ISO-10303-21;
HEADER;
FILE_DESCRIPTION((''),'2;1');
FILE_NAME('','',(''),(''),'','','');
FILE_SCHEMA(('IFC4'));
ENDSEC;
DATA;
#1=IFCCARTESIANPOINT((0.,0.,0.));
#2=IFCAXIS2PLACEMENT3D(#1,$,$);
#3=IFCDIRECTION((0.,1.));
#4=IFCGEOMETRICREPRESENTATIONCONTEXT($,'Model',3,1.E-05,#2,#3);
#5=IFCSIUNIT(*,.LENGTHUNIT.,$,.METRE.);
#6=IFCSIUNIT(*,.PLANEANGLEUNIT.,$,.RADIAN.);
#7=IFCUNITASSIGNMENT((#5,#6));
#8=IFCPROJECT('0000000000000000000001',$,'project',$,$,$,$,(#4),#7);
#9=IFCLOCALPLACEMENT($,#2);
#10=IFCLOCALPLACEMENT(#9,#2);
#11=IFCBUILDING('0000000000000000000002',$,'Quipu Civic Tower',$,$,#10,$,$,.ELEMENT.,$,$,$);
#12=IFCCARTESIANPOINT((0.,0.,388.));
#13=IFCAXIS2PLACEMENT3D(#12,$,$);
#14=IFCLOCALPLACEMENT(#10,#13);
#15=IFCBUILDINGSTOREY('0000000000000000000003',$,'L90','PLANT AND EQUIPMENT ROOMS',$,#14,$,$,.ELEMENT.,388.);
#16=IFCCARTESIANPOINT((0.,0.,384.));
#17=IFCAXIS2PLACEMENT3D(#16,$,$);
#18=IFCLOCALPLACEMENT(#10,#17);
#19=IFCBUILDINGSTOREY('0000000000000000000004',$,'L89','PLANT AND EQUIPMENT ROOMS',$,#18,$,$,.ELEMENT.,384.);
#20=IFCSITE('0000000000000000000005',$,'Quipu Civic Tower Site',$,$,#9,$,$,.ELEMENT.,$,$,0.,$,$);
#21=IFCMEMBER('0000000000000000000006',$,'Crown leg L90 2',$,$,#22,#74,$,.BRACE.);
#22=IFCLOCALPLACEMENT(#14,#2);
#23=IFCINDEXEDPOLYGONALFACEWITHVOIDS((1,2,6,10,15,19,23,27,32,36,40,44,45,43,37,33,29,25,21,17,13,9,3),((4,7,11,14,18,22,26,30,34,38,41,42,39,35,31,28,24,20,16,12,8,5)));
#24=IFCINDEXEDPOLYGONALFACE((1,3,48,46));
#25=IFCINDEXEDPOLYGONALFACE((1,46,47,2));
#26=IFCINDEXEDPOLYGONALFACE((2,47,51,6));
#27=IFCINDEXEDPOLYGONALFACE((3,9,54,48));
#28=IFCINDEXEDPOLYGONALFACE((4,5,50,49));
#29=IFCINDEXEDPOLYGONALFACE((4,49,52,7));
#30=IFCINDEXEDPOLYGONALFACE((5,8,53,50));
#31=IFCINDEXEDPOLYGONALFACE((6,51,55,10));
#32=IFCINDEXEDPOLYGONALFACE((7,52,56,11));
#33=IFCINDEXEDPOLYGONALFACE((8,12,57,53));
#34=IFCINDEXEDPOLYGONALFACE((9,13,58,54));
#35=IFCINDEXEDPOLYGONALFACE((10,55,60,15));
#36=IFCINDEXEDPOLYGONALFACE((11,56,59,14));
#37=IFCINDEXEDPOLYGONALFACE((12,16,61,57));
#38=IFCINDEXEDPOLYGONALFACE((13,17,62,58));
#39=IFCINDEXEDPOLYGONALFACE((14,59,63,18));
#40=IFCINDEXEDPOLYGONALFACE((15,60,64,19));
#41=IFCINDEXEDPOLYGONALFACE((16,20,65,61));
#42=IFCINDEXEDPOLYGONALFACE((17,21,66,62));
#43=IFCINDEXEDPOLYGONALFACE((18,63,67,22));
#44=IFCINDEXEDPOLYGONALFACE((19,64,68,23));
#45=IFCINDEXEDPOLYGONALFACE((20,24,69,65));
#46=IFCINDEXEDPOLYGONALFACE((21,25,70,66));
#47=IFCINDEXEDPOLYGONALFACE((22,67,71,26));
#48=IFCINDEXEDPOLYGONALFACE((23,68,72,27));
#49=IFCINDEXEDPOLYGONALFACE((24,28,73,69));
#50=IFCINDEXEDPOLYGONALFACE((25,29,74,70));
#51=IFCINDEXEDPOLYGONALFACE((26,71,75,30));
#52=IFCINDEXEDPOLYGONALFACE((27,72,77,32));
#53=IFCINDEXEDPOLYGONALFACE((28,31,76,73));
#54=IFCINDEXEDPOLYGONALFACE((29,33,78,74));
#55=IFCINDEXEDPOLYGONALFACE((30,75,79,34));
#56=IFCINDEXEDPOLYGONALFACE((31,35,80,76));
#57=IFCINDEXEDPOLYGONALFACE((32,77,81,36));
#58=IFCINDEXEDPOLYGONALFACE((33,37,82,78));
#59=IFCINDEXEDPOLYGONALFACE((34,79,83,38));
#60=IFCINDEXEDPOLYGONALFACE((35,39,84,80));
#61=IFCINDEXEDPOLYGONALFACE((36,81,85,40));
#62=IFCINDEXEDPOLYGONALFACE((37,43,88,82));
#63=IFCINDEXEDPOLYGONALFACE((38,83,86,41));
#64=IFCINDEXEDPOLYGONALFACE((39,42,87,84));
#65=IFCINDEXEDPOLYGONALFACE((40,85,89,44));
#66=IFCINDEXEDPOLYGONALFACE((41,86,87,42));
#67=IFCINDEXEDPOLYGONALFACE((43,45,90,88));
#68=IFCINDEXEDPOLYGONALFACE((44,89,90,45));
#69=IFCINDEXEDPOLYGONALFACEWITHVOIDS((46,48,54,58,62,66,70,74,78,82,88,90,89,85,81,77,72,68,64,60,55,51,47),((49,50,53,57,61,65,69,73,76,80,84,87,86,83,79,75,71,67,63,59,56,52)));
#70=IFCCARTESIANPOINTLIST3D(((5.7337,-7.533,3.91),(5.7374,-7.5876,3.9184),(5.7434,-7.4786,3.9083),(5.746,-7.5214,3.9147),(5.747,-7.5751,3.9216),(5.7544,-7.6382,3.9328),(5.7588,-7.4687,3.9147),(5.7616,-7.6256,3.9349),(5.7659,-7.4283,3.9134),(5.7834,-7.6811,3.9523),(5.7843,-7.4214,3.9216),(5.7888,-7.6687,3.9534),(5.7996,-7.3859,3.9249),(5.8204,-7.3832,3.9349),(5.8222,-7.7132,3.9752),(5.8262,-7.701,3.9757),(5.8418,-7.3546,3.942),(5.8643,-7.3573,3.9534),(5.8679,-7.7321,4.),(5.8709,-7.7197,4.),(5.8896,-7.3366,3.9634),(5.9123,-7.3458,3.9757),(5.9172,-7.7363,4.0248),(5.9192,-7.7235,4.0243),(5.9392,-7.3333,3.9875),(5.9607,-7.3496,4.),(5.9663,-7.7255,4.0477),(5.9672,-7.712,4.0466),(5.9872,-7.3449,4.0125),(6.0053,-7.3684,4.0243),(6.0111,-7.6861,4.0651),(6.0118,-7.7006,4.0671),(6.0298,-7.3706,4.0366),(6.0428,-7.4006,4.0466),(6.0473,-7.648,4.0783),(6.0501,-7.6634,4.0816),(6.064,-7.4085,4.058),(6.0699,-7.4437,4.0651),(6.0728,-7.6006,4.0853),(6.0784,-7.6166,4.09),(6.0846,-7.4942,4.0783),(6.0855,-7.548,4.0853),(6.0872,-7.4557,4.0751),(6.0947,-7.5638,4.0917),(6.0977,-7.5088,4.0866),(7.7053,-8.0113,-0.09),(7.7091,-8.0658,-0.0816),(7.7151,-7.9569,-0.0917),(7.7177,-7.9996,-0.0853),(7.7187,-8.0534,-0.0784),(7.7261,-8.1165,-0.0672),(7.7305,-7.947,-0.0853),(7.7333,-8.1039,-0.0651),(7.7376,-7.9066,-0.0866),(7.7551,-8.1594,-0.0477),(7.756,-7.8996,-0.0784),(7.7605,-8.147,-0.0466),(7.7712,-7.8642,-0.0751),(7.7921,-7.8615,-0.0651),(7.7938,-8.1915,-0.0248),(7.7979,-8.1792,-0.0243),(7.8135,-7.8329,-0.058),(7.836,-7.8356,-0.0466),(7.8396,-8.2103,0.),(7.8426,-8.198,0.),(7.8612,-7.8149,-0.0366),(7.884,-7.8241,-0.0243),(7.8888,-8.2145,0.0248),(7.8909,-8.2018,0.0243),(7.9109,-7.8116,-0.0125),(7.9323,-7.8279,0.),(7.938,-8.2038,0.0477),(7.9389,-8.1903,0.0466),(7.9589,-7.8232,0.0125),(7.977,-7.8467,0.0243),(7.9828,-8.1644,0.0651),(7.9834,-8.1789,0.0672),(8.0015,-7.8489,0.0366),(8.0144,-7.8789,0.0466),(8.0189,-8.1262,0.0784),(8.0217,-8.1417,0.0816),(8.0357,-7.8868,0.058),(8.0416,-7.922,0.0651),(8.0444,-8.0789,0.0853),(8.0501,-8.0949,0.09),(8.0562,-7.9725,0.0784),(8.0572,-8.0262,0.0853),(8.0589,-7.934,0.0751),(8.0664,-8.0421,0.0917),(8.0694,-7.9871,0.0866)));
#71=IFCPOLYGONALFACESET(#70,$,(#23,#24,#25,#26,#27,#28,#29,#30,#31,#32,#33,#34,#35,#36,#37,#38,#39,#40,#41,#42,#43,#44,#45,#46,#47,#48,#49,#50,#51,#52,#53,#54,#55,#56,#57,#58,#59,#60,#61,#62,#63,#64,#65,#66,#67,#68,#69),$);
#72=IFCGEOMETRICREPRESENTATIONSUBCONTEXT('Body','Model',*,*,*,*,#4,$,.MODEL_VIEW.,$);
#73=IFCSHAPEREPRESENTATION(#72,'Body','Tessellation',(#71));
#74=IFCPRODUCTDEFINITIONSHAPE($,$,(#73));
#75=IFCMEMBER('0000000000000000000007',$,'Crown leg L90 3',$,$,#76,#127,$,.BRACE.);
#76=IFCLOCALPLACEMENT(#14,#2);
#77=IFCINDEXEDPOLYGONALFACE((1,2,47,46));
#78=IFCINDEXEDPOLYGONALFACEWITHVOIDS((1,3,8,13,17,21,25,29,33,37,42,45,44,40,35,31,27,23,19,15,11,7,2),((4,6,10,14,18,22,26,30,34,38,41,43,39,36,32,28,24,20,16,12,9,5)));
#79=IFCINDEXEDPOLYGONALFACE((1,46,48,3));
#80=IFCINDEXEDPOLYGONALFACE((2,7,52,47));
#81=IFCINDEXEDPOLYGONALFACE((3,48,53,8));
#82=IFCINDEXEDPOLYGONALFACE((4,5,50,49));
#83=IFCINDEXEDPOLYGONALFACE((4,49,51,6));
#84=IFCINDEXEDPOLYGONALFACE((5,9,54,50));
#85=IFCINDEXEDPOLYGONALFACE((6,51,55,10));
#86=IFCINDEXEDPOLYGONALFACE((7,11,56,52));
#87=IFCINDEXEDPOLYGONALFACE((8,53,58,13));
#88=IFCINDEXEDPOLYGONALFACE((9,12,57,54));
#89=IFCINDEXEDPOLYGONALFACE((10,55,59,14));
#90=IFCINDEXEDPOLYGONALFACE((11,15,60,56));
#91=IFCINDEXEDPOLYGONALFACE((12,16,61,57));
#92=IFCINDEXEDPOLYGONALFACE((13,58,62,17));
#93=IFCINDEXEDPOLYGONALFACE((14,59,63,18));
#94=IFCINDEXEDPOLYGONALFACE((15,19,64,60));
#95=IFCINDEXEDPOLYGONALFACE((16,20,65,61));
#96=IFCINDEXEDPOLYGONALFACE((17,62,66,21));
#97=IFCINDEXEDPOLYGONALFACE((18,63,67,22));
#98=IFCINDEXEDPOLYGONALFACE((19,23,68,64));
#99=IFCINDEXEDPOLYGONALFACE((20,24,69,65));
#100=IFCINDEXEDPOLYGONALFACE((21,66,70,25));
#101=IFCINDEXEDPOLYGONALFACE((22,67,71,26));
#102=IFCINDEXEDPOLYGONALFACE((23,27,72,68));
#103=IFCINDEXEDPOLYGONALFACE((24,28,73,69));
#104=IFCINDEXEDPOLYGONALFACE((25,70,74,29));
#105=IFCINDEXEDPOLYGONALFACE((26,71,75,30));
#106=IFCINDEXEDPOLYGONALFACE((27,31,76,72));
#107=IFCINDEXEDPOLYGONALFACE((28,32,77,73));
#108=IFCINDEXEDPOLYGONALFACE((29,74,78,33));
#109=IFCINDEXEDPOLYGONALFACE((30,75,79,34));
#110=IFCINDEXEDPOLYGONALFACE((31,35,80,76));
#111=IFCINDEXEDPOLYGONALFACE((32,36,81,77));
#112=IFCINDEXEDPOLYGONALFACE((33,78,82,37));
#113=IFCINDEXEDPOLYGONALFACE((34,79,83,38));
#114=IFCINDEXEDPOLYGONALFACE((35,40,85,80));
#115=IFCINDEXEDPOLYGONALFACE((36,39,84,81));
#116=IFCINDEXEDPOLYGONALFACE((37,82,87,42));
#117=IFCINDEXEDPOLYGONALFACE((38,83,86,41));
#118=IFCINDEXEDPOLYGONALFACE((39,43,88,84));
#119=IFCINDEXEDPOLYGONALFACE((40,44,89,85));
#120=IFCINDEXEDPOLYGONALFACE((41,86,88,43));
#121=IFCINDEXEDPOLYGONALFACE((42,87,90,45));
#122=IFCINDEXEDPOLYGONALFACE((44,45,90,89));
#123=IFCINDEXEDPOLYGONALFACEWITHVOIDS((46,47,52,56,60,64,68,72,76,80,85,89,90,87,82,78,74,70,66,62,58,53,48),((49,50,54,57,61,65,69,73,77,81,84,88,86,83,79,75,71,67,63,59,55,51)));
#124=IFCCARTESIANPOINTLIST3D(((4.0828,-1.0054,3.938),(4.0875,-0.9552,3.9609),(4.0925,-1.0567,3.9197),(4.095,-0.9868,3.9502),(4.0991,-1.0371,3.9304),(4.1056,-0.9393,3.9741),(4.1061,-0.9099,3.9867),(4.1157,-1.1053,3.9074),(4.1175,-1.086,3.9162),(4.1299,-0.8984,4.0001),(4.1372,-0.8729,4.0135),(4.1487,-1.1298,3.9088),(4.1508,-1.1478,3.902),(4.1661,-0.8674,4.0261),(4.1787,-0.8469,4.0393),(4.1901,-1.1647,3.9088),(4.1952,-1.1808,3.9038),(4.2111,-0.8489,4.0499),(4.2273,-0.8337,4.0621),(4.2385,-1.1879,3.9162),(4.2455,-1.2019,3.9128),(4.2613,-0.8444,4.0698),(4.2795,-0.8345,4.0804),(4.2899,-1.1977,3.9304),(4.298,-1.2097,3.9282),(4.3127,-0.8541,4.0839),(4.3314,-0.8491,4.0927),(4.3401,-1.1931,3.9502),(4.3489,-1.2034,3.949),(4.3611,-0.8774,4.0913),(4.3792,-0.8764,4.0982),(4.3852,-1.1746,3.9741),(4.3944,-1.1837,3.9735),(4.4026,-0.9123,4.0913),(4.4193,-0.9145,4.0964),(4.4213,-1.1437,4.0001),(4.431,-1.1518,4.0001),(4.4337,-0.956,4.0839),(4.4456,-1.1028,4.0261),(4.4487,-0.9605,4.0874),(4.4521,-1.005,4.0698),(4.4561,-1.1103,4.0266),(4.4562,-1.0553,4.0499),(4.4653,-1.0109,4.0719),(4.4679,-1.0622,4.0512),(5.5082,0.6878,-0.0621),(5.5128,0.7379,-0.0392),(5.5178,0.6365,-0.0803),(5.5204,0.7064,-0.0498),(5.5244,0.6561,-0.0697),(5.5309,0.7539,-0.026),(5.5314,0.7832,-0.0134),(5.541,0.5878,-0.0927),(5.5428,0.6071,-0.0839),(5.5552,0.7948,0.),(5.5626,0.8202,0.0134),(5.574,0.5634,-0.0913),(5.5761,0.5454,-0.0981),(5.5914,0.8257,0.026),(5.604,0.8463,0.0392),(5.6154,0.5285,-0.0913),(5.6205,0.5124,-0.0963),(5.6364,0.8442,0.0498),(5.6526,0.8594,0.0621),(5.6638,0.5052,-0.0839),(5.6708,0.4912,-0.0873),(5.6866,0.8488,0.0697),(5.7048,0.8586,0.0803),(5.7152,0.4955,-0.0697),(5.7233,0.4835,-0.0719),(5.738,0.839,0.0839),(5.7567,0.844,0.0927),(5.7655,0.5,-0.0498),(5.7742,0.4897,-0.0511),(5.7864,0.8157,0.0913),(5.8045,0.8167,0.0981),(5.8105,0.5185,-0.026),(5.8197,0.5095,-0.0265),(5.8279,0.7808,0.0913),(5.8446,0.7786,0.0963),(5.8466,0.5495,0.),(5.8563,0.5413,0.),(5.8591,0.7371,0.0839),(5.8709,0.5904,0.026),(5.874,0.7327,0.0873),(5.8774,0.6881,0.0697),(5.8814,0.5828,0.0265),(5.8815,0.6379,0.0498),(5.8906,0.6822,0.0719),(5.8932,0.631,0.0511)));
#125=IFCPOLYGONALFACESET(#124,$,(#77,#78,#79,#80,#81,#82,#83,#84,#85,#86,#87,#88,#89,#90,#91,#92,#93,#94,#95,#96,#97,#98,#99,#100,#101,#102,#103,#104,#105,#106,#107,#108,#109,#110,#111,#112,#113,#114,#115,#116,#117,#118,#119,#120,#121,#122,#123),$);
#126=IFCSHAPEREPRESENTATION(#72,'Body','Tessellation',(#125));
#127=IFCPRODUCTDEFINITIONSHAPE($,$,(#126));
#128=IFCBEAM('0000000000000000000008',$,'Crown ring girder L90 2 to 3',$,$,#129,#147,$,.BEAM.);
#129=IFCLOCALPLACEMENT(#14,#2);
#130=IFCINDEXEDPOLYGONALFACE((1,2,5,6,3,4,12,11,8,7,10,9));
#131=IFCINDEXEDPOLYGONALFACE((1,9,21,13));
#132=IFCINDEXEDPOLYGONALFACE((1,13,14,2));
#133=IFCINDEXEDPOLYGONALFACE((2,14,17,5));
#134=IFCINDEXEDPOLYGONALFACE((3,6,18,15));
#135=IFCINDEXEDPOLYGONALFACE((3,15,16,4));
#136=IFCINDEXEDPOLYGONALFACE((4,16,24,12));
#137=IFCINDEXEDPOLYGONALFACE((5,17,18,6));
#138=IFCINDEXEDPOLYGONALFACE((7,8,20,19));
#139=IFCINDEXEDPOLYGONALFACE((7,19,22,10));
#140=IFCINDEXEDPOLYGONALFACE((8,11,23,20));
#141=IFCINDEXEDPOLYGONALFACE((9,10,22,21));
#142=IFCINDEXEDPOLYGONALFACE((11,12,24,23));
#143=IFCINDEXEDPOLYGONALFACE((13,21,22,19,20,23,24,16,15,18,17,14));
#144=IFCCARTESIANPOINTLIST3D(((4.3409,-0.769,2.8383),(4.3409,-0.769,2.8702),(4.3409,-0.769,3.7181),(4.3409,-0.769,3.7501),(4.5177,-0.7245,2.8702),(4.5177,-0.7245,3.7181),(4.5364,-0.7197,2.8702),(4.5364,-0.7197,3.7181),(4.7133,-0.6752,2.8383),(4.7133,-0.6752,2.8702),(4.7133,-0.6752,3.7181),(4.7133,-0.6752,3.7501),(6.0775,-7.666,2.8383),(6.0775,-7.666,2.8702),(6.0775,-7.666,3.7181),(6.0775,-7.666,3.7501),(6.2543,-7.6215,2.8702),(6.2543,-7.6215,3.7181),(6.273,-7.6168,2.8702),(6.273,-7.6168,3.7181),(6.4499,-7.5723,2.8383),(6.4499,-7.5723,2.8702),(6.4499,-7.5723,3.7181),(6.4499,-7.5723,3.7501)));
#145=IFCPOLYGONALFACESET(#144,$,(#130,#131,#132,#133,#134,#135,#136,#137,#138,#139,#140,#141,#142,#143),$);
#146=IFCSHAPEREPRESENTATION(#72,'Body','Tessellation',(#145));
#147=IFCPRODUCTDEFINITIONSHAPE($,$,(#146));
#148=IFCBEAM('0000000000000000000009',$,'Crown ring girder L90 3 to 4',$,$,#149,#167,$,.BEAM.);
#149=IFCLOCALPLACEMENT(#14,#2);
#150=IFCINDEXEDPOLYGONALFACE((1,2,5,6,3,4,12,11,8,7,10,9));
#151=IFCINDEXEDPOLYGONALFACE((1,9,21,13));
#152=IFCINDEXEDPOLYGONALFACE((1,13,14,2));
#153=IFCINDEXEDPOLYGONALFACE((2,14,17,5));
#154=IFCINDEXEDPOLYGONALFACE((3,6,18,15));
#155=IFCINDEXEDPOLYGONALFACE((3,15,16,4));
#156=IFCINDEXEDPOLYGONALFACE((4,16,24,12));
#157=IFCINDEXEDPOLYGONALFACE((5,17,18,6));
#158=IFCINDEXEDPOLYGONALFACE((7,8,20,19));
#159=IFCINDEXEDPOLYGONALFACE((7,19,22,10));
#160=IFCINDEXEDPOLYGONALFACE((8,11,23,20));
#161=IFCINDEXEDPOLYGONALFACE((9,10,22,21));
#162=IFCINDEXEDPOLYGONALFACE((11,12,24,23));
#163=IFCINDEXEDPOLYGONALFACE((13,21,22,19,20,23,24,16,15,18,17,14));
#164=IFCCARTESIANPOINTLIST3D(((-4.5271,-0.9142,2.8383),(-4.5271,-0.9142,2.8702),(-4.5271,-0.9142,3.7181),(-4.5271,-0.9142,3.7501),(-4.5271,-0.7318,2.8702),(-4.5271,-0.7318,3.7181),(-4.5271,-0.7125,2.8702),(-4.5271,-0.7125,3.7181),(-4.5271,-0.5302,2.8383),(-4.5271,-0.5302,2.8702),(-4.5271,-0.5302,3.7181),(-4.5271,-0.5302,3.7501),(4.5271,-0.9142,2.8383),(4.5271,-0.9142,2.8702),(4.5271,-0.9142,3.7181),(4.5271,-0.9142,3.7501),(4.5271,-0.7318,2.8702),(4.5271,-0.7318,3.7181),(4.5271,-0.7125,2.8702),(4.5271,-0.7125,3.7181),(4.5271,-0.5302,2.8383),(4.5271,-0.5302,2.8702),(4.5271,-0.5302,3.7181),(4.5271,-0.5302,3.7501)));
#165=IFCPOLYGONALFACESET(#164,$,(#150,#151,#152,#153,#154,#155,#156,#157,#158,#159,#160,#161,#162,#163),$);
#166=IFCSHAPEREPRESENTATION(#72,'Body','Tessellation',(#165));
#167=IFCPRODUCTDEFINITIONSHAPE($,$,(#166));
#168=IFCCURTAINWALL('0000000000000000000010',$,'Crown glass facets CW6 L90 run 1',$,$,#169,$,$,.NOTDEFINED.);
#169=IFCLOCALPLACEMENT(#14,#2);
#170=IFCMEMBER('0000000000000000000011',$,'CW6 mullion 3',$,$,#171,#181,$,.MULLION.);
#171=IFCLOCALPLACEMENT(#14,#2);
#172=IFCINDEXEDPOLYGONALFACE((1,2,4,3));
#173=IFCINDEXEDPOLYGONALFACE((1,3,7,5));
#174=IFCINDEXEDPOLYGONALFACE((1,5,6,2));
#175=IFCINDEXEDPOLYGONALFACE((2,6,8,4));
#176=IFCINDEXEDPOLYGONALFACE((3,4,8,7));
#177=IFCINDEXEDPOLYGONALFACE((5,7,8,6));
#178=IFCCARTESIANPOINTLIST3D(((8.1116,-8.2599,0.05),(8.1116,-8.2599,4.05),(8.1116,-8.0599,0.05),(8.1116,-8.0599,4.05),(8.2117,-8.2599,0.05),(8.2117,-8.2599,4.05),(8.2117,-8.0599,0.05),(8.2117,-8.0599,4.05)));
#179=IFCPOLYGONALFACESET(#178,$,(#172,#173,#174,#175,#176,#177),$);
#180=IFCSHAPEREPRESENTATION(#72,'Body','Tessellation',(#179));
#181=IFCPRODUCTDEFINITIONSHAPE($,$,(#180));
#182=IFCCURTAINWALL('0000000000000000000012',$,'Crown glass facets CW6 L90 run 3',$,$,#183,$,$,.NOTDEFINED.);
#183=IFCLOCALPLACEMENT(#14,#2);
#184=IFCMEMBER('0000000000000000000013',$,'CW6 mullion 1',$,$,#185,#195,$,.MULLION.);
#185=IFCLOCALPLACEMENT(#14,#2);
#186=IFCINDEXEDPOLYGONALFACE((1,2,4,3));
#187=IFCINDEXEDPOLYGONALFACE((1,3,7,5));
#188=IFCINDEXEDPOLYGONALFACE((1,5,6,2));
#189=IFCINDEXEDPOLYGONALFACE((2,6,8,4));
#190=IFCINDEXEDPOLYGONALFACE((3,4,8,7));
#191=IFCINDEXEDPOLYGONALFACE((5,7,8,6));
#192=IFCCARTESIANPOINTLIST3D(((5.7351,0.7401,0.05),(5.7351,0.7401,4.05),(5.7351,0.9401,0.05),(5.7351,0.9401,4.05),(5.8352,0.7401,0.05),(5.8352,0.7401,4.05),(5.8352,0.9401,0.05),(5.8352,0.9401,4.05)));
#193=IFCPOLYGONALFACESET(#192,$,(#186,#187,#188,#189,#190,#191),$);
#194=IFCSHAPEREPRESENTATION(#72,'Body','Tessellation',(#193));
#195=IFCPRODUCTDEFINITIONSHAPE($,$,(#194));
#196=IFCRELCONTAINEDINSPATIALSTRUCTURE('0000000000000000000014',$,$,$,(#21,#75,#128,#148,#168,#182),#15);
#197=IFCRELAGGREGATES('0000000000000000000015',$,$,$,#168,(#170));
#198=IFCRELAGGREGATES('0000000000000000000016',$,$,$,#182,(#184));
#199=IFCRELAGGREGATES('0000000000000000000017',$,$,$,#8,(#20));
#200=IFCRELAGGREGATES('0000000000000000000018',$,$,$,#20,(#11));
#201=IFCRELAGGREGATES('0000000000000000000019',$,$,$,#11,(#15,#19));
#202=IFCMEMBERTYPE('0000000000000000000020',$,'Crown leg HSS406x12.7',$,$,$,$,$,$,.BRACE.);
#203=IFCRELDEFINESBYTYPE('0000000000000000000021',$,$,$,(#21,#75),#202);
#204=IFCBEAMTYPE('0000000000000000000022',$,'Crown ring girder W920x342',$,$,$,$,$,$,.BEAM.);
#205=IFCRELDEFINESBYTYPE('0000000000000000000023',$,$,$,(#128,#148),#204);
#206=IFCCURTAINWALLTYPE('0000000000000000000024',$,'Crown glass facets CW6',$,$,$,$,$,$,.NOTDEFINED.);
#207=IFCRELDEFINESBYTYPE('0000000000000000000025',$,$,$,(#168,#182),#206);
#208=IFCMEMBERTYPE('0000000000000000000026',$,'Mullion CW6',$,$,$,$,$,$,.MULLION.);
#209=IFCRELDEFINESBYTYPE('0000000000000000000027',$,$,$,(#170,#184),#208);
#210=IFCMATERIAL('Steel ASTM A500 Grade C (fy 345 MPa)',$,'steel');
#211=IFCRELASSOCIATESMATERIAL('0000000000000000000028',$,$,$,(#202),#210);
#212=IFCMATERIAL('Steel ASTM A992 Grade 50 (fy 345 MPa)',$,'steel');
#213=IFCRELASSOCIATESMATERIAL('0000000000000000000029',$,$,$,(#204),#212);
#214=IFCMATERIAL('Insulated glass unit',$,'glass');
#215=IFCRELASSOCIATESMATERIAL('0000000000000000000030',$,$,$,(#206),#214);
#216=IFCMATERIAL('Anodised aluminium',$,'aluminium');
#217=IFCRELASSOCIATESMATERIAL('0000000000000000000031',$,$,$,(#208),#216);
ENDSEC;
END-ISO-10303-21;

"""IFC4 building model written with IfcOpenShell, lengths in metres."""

from ifc_helpers import new_model, si_unit, direction, frame, origin, origin_2d, place, context, subcontext, project, spatial, rectangle, hollow_circle, i_section, extrude, material, material_profile, profile_set, type_object, element, aggregate, save


model = new_model("IFC4")

# Units and contexts
model_context = context("Model", 3, precision=1e-05, world=origin(), true_north=direction((0.0, 1.0)))
body_context = subcontext(model_context, "Body", "Model", "MODEL_VIEW")
ifc_project = project(units=[si_unit("LENGTHUNIT", "METRE"), si_unit("PLANEANGLEUNIT", "RADIAN")], contexts=[model_context])

# Site, building, storey
site_placement = place(None, origin())
site = spatial("IfcSite", under=ifc_project, at=site_placement, Name="Quipu Civic Tower Site", CompositionType="ELEMENT", RefElevation=0.0)
building_placement = place(site_placement, origin())
building = spatial("IfcBuilding", under=site, at=building_placement, Name="Quipu Civic Tower", CompositionType="ELEMENT")
storey_1_placement = place(building_placement, frame((0.0, 0.0, 388.0)))
storey_1 = spatial("IfcBuildingStorey", under=building, at=storey_1_placement, Name="L90", Description="PLANT AND EQUIPMENT ROOMS", CompositionType="ELEMENT", Elevation=388.0)

# Members
ifc_material_1 = material(Name="Steel ASTM A500 Grade C (fy 345 MPa)", Category="steel")
ifc_material_profile_1 = material_profile(ifc_material_1, hollow_circle(Radius=0.2031, WallThickness=0.0127, at=origin_2d()), Name="HSS406x12.7")
ifc_profile_set_1 = profile_set([ifc_material_profile_1], Name="Steel ASTM A500 Grade C (fy 345 MPa)")
member_type_1 = type_object("IfcMemberType", Name="Crown leg HSS406x12.7", PredefinedType="BRACE", material=ifc_profile_set_1)
member_1_placement = place(storey_1_placement, frame((7.8875, -8.0129, 0.0), z_axis=(-0.439605, 0.106635, 0.891839), x_axis=(-0.235734, -0.971818, 0.0)))
element("IfcMember", 1, at=member_1_placement, inside=storey_1, type_object=member_type_1, Name="Crown leg L90 2", PredefinedType="BRACE", context=body_context, shape_type="SweptSolid", body=[
    extrude(hollow_circle(Radius=0.2031, WallThickness=0.0127, at=origin_2d()), origin(), (0.0, 0.0, 1.0), 4.4851),
])
member_2_placement = place(storey_1_placement, frame((5.7009, 0.6721, 0.0), z_axis=(-0.311782, -0.370368, 0.874997), x_axis=(0.76502, -0.644007, 0.0)))
element("IfcMember", 2, at=member_2_placement, inside=storey_1, type_object=member_type_1, Name="Crown leg L90 3", PredefinedType="BRACE", context=body_context, shape_type="SweptSolid", body=[
    extrude(hollow_circle(Radius=0.2031, WallThickness=0.0127, at=origin_2d()), origin(), (0.0, 0.0, 1.0), 4.5715),
])

# Beams
ifc_material_2 = material(Name="Steel ASTM A992 Grade 50 (fy 345 MPa)", Category="steel")
ifc_material_profile_2 = material_profile(ifc_material_2, i_section(OverallWidth=0.384, OverallDepth=0.9119, WebThickness=0.0193, FlangeThickness=0.032, at=origin_2d()), Name="W920x342")
ifc_profile_set_2 = profile_set([ifc_material_profile_2], Name="Steel ASTM A992 Grade 50 (fy 345 MPa)")
beam_type = type_object("IfcBeamType", Name="Crown ring girder W920x342", PredefinedType="BEAM", material=ifc_profile_set_2)
beam_1_placement = place(storey_1_placement, frame((6.2637, -7.6191, 3.2942), z_axis=(-0.244167, 0.969733, 0.0), x_axis=(-0.969733, -0.244167, 0.0)))
element("IfcBeam", 3, at=beam_1_placement, inside=storey_1, type_object=beam_type, Name="Crown ring girder L90 2 to 3", PredefinedType="BEAM", context=body_context, shape_type="SweptSolid", body=[
    extrude(i_section(OverallWidth=0.384, OverallDepth=0.9119, WebThickness=0.0193, FlangeThickness=0.032, at=origin_2d()), origin(), (0.0, 0.0, 1.0), 7.1123),
])
beam_2_placement = place(storey_1_placement, frame((4.5271, -0.7222, 3.2942), z_axis=(-1.0, 0.0, 0.0), x_axis=(0.0, -1.0, 0.0)))
element("IfcBeam", 4, at=beam_2_placement, inside=storey_1, type_object=beam_type, Name="Crown ring girder L90 3 to 4", PredefinedType="BEAM", context=body_context, shape_type="SweptSolid", body=[
    extrude(i_section(OverallWidth=0.384, OverallDepth=0.9119, WebThickness=0.0193, FlangeThickness=0.032, at=origin_2d()), origin(), (0.0, 0.0, 1.0), 9.0542),
])

# Curtain walls, members
ifc_material_3 = material(Name="Insulated glass unit", Category="glass")
curtain_wall_type_1 = type_object("IfcCurtainWallType", Name="Crown glass facets CW6", PredefinedType="NOTDEFINED", material=ifc_material_3)
curtain_wall_1_placement = place(storey_1_placement, origin())
curtain_wall_1 = element("IfcCurtainWall", 5, at=curtain_wall_1_placement, inside=storey_1, type_object=curtain_wall_type_1, Name="Crown glass facets CW6 L90 run 1", PredefinedType="NOTDEFINED")
ifc_material_4 = material(Name="Anodised aluminium", Category="aluminium")
ifc_material_profile_3 = material_profile(ifc_material_4, rectangle(XDim=0.2, YDim=0.1001, at=origin_2d()), Name="RECT 200x100")
ifc_profile_set_3 = profile_set([ifc_material_profile_3], Name="Anodised aluminium")
member_type_2 = type_object("IfcMemberType", Name="Mullion CW6", PredefinedType="MULLION", material=ifc_profile_set_3)
member_3_placement = place(storey_1_placement, frame((8.1616, -8.1599, 0.05), z_axis=(0.0, 0.0, 1.0), x_axis=(0.0, 1.0, 0.0)))
member_3 = element("IfcMember", 6, at=member_3_placement, type_object=member_type_2, Name="CW6 mullion 3", PredefinedType="MULLION", context=body_context, shape_type="SweptSolid", body=[
    extrude(rectangle(XDim=0.2, YDim=0.1001, at=origin_2d()), origin(), (0.0, 0.0, 1.0), 4.0),
])
curtain_wall_2_placement = place(storey_1_placement, origin())
curtain_wall_2 = element("IfcCurtainWall", 7, at=curtain_wall_2_placement, inside=storey_1, type_object=curtain_wall_type_1, Name="Crown glass facets CW6 L90 run 3", PredefinedType="NOTDEFINED")
member_4_placement = place(storey_1_placement, frame((5.7852, 0.8401, 0.05), z_axis=(0.0, 0.0, 1.0), x_axis=(0.0, -1.0, 0.0)))
member_4 = element("IfcMember", 8, at=member_4_placement, type_object=member_type_2, Name="CW6 mullion 1", PredefinedType="MULLION", context=body_context, shape_type="SweptSolid", body=[
    extrude(rectangle(XDim=0.2, YDim=0.1001, at=origin_2d()), origin(), (0.0, 0.0, 1.0), 4.0),
])

# Shared definitions
storey_2_placement = place(building_placement, frame((0.0, 0.0, 384.0)))
storey_2 = spatial("IfcBuildingStorey", under=building, at=storey_2_placement, Name="L89", Description="PLANT AND EQUIPMENT ROOMS", CompositionType="ELEMENT", Elevation=384.0)

aggregate(curtain_wall_1, [member_3])
aggregate(curtain_wall_2, [member_4])

save(model, "model.ifc")
